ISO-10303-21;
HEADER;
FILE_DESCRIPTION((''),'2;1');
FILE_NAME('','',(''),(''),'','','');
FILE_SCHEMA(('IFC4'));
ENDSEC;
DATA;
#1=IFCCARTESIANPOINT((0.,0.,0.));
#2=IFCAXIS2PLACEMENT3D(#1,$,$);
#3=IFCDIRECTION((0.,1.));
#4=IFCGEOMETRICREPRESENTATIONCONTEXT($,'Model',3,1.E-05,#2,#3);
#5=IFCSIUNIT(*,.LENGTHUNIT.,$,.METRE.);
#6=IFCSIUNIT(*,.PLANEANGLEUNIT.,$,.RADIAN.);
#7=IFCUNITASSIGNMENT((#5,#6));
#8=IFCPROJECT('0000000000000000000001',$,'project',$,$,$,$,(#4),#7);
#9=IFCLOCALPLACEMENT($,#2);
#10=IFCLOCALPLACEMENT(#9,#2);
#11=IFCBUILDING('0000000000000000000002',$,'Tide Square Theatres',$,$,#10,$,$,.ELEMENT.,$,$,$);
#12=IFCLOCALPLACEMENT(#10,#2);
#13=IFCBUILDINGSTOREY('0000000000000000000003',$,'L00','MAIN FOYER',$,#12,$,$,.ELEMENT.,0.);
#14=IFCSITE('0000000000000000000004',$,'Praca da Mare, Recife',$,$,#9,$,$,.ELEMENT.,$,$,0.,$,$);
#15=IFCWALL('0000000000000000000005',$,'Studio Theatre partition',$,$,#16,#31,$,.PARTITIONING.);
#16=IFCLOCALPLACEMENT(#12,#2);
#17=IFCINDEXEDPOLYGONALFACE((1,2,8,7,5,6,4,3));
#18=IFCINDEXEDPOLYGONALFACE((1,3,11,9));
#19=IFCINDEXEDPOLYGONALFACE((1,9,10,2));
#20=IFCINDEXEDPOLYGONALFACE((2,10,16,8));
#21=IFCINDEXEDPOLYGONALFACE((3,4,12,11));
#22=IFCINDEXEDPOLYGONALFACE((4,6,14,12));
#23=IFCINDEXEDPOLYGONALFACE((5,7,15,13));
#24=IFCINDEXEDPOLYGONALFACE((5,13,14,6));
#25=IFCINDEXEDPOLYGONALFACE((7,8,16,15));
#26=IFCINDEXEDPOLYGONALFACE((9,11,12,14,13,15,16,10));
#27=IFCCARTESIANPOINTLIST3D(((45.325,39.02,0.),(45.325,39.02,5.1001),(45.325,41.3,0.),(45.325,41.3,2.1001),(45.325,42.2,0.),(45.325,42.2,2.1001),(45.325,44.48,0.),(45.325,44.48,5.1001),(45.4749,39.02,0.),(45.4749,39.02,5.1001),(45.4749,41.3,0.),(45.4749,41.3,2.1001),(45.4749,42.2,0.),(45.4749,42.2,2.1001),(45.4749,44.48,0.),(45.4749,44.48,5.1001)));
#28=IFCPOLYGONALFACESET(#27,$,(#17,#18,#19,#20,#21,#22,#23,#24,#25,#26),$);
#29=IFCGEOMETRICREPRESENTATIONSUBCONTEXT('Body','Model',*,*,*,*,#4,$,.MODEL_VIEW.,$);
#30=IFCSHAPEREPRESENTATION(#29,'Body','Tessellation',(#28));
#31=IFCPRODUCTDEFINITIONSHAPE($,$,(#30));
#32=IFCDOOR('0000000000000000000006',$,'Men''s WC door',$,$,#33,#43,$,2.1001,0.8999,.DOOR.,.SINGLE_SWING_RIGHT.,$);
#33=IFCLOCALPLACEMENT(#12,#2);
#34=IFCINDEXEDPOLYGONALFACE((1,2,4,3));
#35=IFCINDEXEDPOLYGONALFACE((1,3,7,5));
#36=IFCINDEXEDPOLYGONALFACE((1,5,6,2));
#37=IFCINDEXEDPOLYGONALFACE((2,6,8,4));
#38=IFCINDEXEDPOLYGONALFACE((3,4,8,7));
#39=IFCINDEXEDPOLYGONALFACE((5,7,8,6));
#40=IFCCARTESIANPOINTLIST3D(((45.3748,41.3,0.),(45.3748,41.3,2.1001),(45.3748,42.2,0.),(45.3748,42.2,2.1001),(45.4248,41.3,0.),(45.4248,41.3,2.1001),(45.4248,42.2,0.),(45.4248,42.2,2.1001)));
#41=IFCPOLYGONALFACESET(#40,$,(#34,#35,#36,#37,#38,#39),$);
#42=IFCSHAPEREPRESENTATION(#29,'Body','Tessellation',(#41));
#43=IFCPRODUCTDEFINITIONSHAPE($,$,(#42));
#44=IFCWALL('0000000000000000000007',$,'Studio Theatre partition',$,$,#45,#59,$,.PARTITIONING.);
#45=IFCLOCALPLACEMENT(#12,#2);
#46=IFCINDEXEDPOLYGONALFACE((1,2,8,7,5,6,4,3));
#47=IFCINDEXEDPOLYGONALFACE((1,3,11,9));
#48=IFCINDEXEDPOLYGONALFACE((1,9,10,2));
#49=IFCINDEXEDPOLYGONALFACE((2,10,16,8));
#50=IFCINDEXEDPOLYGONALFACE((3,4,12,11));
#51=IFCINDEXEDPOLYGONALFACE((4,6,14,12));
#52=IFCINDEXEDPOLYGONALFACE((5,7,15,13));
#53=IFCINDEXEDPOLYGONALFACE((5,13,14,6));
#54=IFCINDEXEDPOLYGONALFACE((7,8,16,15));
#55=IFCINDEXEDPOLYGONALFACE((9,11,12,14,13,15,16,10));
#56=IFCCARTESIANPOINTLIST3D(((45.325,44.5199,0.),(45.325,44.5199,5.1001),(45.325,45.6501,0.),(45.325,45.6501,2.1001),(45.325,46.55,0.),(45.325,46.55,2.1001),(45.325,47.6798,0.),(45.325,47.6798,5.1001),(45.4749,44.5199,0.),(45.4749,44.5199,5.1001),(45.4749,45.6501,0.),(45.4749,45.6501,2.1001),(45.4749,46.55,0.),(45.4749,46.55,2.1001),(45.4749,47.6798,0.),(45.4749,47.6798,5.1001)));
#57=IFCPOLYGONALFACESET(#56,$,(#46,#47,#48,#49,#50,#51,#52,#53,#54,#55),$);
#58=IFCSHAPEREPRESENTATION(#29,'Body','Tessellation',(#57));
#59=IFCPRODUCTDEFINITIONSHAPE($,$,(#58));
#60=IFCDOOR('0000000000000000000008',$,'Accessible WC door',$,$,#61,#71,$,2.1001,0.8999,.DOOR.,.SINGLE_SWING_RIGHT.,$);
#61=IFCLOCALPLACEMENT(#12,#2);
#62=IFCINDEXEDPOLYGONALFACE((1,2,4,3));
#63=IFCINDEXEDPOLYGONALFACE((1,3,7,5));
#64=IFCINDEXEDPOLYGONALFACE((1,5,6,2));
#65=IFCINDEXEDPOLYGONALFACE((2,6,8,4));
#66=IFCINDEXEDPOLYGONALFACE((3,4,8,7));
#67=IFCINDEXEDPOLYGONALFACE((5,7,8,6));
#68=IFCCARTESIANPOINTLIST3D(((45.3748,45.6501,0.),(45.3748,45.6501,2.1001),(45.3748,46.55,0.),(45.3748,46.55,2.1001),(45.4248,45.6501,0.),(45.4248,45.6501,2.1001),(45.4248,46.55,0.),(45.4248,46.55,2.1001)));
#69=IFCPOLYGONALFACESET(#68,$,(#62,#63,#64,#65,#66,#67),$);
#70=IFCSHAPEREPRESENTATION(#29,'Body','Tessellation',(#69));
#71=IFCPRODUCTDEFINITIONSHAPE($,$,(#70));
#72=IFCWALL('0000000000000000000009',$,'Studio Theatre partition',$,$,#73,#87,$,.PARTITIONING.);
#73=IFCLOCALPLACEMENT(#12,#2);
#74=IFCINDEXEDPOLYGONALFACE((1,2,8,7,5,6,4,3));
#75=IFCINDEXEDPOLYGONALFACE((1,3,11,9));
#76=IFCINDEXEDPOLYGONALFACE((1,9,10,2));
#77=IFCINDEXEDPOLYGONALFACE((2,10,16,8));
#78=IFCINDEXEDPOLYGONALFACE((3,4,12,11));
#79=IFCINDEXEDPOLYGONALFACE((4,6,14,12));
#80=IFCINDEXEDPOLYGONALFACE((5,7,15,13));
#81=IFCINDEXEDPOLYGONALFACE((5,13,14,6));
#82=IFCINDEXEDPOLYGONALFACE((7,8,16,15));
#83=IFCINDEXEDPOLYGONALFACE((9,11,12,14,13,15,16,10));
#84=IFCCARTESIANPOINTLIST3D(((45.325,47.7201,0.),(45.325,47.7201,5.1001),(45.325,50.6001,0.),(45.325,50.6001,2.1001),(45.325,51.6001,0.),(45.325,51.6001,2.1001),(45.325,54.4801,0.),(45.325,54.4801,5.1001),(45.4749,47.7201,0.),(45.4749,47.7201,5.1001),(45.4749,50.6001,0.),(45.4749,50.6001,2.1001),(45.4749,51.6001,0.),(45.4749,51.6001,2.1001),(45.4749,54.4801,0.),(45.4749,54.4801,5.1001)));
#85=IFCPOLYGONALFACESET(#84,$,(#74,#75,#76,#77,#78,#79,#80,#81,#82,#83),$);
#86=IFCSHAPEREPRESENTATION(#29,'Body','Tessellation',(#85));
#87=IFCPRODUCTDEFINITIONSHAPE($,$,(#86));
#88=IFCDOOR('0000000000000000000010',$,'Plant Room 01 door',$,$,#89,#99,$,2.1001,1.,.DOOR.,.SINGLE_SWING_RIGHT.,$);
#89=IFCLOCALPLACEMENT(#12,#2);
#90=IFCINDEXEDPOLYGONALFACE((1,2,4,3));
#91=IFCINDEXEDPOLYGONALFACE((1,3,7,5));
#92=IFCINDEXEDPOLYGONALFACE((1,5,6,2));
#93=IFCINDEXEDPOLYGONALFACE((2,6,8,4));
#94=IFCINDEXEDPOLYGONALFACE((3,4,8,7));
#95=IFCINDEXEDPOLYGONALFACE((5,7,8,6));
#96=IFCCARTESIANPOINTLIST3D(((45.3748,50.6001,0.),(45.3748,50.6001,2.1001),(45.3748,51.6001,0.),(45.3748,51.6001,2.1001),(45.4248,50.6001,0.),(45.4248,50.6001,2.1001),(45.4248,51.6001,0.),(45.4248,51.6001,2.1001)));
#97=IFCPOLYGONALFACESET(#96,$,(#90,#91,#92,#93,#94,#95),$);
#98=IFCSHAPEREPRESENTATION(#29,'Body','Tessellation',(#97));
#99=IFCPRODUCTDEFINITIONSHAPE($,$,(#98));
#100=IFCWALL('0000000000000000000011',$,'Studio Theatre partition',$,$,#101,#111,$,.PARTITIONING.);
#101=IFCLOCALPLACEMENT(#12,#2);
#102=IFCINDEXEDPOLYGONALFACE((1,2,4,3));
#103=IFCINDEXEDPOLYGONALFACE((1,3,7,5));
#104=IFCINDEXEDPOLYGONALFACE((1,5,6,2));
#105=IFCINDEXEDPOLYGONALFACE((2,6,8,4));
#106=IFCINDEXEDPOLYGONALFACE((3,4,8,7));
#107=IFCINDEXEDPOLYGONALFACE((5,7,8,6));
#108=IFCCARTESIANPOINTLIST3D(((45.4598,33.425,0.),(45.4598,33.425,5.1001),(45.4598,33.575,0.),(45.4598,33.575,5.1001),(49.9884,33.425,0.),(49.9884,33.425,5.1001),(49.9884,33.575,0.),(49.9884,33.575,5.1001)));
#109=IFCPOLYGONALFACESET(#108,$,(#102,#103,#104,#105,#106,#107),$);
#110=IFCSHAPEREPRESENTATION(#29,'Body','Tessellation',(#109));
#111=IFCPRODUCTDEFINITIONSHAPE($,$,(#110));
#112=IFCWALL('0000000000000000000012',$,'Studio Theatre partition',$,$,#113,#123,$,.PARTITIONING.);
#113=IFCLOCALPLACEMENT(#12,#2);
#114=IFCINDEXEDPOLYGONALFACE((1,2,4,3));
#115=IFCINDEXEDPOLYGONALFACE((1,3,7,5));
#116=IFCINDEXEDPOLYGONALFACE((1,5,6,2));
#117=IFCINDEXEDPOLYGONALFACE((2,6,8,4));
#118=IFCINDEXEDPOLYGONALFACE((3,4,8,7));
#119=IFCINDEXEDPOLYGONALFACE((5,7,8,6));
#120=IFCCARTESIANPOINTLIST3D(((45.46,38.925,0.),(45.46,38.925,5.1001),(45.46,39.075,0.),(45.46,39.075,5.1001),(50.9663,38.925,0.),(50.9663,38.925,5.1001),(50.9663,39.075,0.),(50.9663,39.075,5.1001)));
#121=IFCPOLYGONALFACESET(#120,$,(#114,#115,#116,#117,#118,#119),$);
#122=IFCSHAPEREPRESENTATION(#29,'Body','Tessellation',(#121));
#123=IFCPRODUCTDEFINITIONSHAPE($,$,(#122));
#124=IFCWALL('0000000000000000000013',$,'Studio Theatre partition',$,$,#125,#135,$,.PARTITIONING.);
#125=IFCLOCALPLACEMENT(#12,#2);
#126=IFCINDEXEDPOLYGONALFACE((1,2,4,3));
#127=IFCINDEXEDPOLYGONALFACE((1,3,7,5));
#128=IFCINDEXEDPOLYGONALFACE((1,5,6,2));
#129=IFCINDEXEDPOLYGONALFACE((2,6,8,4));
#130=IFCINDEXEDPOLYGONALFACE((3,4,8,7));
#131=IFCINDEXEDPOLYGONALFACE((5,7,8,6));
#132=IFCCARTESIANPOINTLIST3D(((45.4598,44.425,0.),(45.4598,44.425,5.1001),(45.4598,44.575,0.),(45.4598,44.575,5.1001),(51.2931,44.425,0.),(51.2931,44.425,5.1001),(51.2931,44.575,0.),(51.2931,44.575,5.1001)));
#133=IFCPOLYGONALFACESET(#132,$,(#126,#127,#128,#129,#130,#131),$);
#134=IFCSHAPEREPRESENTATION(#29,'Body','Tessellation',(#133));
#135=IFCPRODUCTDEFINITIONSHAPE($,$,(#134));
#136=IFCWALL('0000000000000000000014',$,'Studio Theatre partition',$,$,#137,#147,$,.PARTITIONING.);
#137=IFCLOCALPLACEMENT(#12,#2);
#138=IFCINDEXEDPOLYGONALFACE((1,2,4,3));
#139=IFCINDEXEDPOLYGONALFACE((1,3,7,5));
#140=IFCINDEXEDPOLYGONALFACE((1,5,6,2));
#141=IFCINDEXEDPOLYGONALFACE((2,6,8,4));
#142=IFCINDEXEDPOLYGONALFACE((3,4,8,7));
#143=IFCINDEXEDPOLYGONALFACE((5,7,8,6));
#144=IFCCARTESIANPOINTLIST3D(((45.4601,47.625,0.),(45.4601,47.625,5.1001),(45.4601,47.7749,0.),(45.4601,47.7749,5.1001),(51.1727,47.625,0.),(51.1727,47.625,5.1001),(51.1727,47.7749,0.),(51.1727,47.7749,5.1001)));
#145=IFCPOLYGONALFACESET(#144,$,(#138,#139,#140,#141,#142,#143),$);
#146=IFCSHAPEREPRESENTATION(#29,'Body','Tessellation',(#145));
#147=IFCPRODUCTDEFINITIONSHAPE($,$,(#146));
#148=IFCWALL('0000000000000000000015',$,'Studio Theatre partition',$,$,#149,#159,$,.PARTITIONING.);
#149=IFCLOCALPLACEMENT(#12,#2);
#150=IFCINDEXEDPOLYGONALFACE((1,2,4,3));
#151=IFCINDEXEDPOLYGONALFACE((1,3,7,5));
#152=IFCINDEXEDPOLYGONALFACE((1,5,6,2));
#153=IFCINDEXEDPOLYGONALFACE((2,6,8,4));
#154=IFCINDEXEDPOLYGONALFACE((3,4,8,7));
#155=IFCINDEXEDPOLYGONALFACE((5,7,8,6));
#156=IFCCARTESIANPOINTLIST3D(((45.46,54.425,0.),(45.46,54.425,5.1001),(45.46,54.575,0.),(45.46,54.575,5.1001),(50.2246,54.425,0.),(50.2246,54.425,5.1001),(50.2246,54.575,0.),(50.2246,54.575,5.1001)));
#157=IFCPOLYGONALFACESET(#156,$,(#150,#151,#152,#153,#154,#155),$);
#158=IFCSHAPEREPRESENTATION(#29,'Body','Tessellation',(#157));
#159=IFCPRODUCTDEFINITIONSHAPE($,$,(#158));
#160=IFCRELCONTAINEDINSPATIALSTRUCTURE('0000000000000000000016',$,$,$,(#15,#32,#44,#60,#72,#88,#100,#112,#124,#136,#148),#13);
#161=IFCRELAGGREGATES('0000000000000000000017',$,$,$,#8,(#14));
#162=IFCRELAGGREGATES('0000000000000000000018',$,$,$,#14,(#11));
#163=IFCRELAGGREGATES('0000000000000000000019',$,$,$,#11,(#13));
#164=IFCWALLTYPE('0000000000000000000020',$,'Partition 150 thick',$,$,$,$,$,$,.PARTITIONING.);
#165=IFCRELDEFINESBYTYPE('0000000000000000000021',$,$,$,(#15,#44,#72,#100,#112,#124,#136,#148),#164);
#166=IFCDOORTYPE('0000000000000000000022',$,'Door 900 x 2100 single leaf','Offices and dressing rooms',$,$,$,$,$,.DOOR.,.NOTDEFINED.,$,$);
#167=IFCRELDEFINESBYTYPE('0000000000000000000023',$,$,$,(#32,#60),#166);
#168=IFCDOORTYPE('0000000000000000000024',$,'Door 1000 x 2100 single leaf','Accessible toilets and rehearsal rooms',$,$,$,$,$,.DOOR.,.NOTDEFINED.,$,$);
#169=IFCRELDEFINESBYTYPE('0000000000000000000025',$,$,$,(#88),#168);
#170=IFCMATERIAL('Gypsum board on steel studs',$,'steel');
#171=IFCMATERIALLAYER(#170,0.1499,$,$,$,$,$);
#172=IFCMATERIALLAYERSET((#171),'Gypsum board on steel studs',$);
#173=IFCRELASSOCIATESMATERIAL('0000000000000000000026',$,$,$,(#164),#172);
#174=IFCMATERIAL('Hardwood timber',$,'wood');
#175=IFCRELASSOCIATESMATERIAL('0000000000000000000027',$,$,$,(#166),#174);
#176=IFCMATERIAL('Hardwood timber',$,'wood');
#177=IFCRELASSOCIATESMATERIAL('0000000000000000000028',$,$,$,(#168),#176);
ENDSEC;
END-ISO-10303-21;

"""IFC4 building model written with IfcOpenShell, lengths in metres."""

from ifc_helpers import new_model, si_unit, direction, frame, frame_2d, origin, place, context, subcontext, project, spatial, rectangle, extrude, material, layer, layer_set, type_object, element, fill, save


model = new_model("IFC4")

# Units and contexts
model_context = context("Model", 3, precision=1e-05, world=origin(), true_north=direction((0.0, 1.0)))
body_context = subcontext(model_context, "Body", "Model", "MODEL_VIEW")
ifc_project = project(units=[si_unit("LENGTHUNIT", "METRE"), si_unit("PLANEANGLEUNIT", "RADIAN")], contexts=[model_context])

# Site, building, storey
site_placement = place(None, origin())
site = spatial("IfcSite", under=ifc_project, at=site_placement, Name="Praca da Mare, Recife", CompositionType="ELEMENT", RefElevation=0.0)
building_placement = place(site_placement, origin())
building = spatial("IfcBuilding", under=site, at=building_placement, Name="Tide Square Theatres", CompositionType="ELEMENT")
storey_placement = place(building_placement, origin())
storey = spatial("IfcBuildingStorey", under=building, at=storey_placement, Name="L00", Description="MAIN FOYER", CompositionType="ELEMENT", Elevation=0.0)

# Walls, openings, doors
ifc_material_1 = material(Name="Gypsum board on steel studs", Category="steel")
ifc_layer = layer(ifc_material_1, 0.1499)
ifc_layer_set = layer_set([ifc_layer], Name="Gypsum board on steel studs")
wall_type = type_object("IfcWallType", Name="Partition 150 thick", PredefinedType="PARTITIONING", material=ifc_layer_set)
ifc_material_2 = material(Name="Hardwood timber", Category="wood")
door_type_1 = type_object("IfcDoorType", Name="Door 900 x 2100 single leaf", Description="Offices and dressing rooms", OperationType="NOTDEFINED", PredefinedType="DOOR", material=ifc_material_2)
wall_1_placement = place(storey_placement, frame((45.3999, 44.48, 0.0), z_axis=(0.0, 0.0, 1.0), x_axis=(0.0, -1.0, 0.0)))
wall_1 = element("IfcWall", 1, at=wall_1_placement, inside=storey, type_object=wall_type, Name="Studio Theatre partition", PredefinedType="PARTITIONING", context=body_context, shape_type="SweptSolid", body=[
    extrude(rectangle(XDim=5.46, YDim=0.1499, at=frame_2d((2.73, 0.0))), origin(), (0.0, 0.0, 1.0), 5.1001),
])
opening_1_placement = place(wall_1_placement, frame((2.28, 0.0, 0.0)))
opening_1 = element("IfcOpeningElement", 2, at=opening_1_placement, cuts=wall_1, PredefinedType="OPENING", context=body_context, shape_type="SweptSolid", body=[
    extrude(rectangle(XDim=0.8999, YDim=2.1001, at=frame_2d((0.45, 1.05))), frame((0.0, 0.085, 0.0), z_axis=(0.0, -1.0, 0.0), x_axis=(1.0, 0.0, 0.0)), (0.0, 0.0, 1.0), 0.1699),
])
door_1_placement = place(opening_1_placement, origin())
door_1 = element("IfcDoor", 3, at=door_1_placement, inside=storey, type_object=door_type_1, Name="Men's WC door", OperationType="SINGLE_SWING_RIGHT", OverallHeight=2.1001, OverallWidth=0.8999, PredefinedType="DOOR", context=body_context, shape_type="SweptSolid", body=[
    extrude(rectangle(XDim=0.8999, YDim=2.1001, at=frame_2d((0.45, 1.05))), frame((0.0, 0.0249, 0.0), z_axis=(0.0, -1.0, 0.0), x_axis=(1.0, 0.0, 0.0)), (0.0, 0.0, 1.0), 0.05),
])
fill(opening_1, door_1)
wall_2_placement = place(storey_placement, frame((45.3999, 47.6799, 0.0), z_axis=(0.0, 0.0, 1.0), x_axis=(0.0, -1.0, 0.0)))
wall_2 = element("IfcWall", 4, at=wall_2_placement, inside=storey, type_object=wall_type, Name="Studio Theatre partition", PredefinedType="PARTITIONING", context=body_context, shape_type="SweptSolid", body=[
    extrude(rectangle(XDim=3.1599, YDim=0.1499, at=frame_2d((1.5801, 0.0))), origin(), (0.0, 0.0, 1.0), 5.1001),
])
opening_2_placement = place(wall_2_placement, frame((1.1299, 0.0, 0.0)))
opening_2 = element("IfcOpeningElement", 5, at=opening_2_placement, cuts=wall_2, PredefinedType="OPENING", context=body_context, shape_type="SweptSolid", body=[
    extrude(rectangle(XDim=0.8999, YDim=2.1001, at=frame_2d((0.45, 1.05))), frame((0.0, 0.085, 0.0), z_axis=(0.0, -1.0, 0.0), x_axis=(1.0, 0.0, 0.0)), (0.0, 0.0, 1.0), 0.1699),
])
door_2_placement = place(opening_2_placement, origin())
door_2 = element("IfcDoor", 6, at=door_2_placement, inside=storey, type_object=door_type_1, Name="Accessible WC door", OperationType="SINGLE_SWING_RIGHT", OverallHeight=2.1001, OverallWidth=0.8999, PredefinedType="DOOR", context=body_context, shape_type="SweptSolid", body=[
    extrude(rectangle(XDim=0.8999, YDim=2.1001, at=frame_2d((0.45, 1.05))), frame((0.0, 0.0249, 0.0), z_axis=(0.0, -1.0, 0.0), x_axis=(1.0, 0.0, 0.0)), (0.0, 0.0, 1.0), 0.05),
])
fill(opening_2, door_2)
wall_3_placement = place(storey_placement, frame((45.3999, 54.48, 0.0), z_axis=(0.0, 0.0, 1.0), x_axis=(0.0, -1.0, 0.0)))
wall_3 = element("IfcWall", 7, at=wall_3_placement, inside=storey, type_object=wall_type, Name="Studio Theatre partition", PredefinedType="PARTITIONING", context=body_context, shape_type="SweptSolid", body=[
    extrude(rectangle(XDim=6.76, YDim=0.1499, at=frame_2d((3.3799, 0.0))), origin(), (0.0, 0.0, 1.0), 5.1001),
])
opening_3_placement = place(wall_3_placement, frame((2.8799, 0.0, 0.0)))
opening_3 = element("IfcOpeningElement", 8, at=opening_3_placement, cuts=wall_3, PredefinedType="OPENING", context=body_context, shape_type="SweptSolid", body=[
    extrude(rectangle(XDim=1.0, YDim=2.1001, at=frame_2d((0.5, 1.05))), frame((0.0, 0.085, 0.0), z_axis=(0.0, -1.0, 0.0), x_axis=(1.0, 0.0, 0.0)), (0.0, 0.0, 1.0), 0.1699),
])
ifc_material_3 = material(Name="Hardwood timber", Category="wood")
door_type_2 = type_object("IfcDoorType", Name="Door 1000 x 2100 single leaf", Description="Accessible toilets and rehearsal rooms", OperationType="NOTDEFINED", PredefinedType="DOOR", material=ifc_material_3)
door_3_placement = place(opening_3_placement, origin())
door_3 = element("IfcDoor", 9, at=door_3_placement, inside=storey, type_object=door_type_2, Name="Plant Room 01 door", OperationType="SINGLE_SWING_RIGHT", OverallHeight=2.1001, OverallWidth=1.0, PredefinedType="DOOR", context=body_context, shape_type="SweptSolid", body=[
    extrude(rectangle(XDim=1.0, YDim=2.1001, at=frame_2d((0.5, 1.05))), frame((0.0, 0.0249, 0.0), z_axis=(0.0, -1.0, 0.0), x_axis=(1.0, 0.0, 0.0)), (0.0, 0.0, 1.0), 0.05),
])
fill(opening_3, door_3)

# Walls
wall_4_placement = place(storey_placement, frame((45.46, 33.5, 0.0), z_axis=(0.0, 0.0, 1.0), x_axis=(1.0, 0.0, 0.0)))
element("IfcWall", 10, at=wall_4_placement, inside=storey, type_object=wall_type, Name="Studio Theatre partition", PredefinedType="PARTITIONING", context=body_context, shape_type="SweptSolid", body=[
    extrude(rectangle(XDim=4.5286, YDim=0.1499, at=frame_2d((2.2642, 0.0))), origin(), (0.0, 0.0, 1.0), 5.1001),
])
wall_5_placement = place(storey_placement, frame((45.46, 39.0, 0.0), z_axis=(0.0, 0.0, 1.0), x_axis=(1.0, 0.0, 0.0)))
element("IfcWall", 11, at=wall_5_placement, inside=storey, type_object=wall_type, Name="Studio Theatre partition", PredefinedType="PARTITIONING", context=body_context, shape_type="SweptSolid", body=[
    extrude(rectangle(XDim=5.5063, YDim=0.1499, at=frame_2d((2.7532, 0.0))), origin(), (0.0, 0.0, 1.0), 5.1001),
])
wall_6_placement = place(storey_placement, frame((45.46, 44.5, 0.0), z_axis=(0.0, 0.0, 1.0), x_axis=(1.0, 0.0, 0.0)))
element("IfcWall", 12, at=wall_6_placement, inside=storey, type_object=wall_type, Name="Studio Theatre partition", PredefinedType="PARTITIONING", context=body_context, shape_type="SweptSolid", body=[
    extrude(rectangle(XDim=5.8333, YDim=0.1499, at=frame_2d((2.9165, 0.0))), origin(), (0.0, 0.0, 1.0), 5.1001),
])
wall_7_placement = place(storey_placement, frame((45.46, 47.7, 0.0), z_axis=(0.0, 0.0, 1.0), x_axis=(1.0, 0.0, 0.0)))
element("IfcWall", 13, at=wall_7_placement, inside=storey, type_object=wall_type, Name="Studio Theatre partition", PredefinedType="PARTITIONING", context=body_context, shape_type="SweptSolid", body=[
    extrude(rectangle(XDim=5.7126, YDim=0.1499, at=frame_2d((2.8564, 0.0))), origin(), (0.0, 0.0, 1.0), 5.1001),
])
wall_8_placement = place(storey_placement, frame((45.46, 54.5, 0.0), z_axis=(0.0, 0.0, 1.0), x_axis=(1.0, 0.0, 0.0)))
element("IfcWall", 14, at=wall_8_placement, inside=storey, type_object=wall_type, Name="Studio Theatre partition", PredefinedType="PARTITIONING", context=body_context, shape_type="SweptSolid", body=[
    extrude(rectangle(XDim=4.7646, YDim=0.1499, at=frame_2d((2.3823, 0.0))), origin(), (0.0, 0.0, 1.0), 5.1001),
])

save(model, "model.ifc")
